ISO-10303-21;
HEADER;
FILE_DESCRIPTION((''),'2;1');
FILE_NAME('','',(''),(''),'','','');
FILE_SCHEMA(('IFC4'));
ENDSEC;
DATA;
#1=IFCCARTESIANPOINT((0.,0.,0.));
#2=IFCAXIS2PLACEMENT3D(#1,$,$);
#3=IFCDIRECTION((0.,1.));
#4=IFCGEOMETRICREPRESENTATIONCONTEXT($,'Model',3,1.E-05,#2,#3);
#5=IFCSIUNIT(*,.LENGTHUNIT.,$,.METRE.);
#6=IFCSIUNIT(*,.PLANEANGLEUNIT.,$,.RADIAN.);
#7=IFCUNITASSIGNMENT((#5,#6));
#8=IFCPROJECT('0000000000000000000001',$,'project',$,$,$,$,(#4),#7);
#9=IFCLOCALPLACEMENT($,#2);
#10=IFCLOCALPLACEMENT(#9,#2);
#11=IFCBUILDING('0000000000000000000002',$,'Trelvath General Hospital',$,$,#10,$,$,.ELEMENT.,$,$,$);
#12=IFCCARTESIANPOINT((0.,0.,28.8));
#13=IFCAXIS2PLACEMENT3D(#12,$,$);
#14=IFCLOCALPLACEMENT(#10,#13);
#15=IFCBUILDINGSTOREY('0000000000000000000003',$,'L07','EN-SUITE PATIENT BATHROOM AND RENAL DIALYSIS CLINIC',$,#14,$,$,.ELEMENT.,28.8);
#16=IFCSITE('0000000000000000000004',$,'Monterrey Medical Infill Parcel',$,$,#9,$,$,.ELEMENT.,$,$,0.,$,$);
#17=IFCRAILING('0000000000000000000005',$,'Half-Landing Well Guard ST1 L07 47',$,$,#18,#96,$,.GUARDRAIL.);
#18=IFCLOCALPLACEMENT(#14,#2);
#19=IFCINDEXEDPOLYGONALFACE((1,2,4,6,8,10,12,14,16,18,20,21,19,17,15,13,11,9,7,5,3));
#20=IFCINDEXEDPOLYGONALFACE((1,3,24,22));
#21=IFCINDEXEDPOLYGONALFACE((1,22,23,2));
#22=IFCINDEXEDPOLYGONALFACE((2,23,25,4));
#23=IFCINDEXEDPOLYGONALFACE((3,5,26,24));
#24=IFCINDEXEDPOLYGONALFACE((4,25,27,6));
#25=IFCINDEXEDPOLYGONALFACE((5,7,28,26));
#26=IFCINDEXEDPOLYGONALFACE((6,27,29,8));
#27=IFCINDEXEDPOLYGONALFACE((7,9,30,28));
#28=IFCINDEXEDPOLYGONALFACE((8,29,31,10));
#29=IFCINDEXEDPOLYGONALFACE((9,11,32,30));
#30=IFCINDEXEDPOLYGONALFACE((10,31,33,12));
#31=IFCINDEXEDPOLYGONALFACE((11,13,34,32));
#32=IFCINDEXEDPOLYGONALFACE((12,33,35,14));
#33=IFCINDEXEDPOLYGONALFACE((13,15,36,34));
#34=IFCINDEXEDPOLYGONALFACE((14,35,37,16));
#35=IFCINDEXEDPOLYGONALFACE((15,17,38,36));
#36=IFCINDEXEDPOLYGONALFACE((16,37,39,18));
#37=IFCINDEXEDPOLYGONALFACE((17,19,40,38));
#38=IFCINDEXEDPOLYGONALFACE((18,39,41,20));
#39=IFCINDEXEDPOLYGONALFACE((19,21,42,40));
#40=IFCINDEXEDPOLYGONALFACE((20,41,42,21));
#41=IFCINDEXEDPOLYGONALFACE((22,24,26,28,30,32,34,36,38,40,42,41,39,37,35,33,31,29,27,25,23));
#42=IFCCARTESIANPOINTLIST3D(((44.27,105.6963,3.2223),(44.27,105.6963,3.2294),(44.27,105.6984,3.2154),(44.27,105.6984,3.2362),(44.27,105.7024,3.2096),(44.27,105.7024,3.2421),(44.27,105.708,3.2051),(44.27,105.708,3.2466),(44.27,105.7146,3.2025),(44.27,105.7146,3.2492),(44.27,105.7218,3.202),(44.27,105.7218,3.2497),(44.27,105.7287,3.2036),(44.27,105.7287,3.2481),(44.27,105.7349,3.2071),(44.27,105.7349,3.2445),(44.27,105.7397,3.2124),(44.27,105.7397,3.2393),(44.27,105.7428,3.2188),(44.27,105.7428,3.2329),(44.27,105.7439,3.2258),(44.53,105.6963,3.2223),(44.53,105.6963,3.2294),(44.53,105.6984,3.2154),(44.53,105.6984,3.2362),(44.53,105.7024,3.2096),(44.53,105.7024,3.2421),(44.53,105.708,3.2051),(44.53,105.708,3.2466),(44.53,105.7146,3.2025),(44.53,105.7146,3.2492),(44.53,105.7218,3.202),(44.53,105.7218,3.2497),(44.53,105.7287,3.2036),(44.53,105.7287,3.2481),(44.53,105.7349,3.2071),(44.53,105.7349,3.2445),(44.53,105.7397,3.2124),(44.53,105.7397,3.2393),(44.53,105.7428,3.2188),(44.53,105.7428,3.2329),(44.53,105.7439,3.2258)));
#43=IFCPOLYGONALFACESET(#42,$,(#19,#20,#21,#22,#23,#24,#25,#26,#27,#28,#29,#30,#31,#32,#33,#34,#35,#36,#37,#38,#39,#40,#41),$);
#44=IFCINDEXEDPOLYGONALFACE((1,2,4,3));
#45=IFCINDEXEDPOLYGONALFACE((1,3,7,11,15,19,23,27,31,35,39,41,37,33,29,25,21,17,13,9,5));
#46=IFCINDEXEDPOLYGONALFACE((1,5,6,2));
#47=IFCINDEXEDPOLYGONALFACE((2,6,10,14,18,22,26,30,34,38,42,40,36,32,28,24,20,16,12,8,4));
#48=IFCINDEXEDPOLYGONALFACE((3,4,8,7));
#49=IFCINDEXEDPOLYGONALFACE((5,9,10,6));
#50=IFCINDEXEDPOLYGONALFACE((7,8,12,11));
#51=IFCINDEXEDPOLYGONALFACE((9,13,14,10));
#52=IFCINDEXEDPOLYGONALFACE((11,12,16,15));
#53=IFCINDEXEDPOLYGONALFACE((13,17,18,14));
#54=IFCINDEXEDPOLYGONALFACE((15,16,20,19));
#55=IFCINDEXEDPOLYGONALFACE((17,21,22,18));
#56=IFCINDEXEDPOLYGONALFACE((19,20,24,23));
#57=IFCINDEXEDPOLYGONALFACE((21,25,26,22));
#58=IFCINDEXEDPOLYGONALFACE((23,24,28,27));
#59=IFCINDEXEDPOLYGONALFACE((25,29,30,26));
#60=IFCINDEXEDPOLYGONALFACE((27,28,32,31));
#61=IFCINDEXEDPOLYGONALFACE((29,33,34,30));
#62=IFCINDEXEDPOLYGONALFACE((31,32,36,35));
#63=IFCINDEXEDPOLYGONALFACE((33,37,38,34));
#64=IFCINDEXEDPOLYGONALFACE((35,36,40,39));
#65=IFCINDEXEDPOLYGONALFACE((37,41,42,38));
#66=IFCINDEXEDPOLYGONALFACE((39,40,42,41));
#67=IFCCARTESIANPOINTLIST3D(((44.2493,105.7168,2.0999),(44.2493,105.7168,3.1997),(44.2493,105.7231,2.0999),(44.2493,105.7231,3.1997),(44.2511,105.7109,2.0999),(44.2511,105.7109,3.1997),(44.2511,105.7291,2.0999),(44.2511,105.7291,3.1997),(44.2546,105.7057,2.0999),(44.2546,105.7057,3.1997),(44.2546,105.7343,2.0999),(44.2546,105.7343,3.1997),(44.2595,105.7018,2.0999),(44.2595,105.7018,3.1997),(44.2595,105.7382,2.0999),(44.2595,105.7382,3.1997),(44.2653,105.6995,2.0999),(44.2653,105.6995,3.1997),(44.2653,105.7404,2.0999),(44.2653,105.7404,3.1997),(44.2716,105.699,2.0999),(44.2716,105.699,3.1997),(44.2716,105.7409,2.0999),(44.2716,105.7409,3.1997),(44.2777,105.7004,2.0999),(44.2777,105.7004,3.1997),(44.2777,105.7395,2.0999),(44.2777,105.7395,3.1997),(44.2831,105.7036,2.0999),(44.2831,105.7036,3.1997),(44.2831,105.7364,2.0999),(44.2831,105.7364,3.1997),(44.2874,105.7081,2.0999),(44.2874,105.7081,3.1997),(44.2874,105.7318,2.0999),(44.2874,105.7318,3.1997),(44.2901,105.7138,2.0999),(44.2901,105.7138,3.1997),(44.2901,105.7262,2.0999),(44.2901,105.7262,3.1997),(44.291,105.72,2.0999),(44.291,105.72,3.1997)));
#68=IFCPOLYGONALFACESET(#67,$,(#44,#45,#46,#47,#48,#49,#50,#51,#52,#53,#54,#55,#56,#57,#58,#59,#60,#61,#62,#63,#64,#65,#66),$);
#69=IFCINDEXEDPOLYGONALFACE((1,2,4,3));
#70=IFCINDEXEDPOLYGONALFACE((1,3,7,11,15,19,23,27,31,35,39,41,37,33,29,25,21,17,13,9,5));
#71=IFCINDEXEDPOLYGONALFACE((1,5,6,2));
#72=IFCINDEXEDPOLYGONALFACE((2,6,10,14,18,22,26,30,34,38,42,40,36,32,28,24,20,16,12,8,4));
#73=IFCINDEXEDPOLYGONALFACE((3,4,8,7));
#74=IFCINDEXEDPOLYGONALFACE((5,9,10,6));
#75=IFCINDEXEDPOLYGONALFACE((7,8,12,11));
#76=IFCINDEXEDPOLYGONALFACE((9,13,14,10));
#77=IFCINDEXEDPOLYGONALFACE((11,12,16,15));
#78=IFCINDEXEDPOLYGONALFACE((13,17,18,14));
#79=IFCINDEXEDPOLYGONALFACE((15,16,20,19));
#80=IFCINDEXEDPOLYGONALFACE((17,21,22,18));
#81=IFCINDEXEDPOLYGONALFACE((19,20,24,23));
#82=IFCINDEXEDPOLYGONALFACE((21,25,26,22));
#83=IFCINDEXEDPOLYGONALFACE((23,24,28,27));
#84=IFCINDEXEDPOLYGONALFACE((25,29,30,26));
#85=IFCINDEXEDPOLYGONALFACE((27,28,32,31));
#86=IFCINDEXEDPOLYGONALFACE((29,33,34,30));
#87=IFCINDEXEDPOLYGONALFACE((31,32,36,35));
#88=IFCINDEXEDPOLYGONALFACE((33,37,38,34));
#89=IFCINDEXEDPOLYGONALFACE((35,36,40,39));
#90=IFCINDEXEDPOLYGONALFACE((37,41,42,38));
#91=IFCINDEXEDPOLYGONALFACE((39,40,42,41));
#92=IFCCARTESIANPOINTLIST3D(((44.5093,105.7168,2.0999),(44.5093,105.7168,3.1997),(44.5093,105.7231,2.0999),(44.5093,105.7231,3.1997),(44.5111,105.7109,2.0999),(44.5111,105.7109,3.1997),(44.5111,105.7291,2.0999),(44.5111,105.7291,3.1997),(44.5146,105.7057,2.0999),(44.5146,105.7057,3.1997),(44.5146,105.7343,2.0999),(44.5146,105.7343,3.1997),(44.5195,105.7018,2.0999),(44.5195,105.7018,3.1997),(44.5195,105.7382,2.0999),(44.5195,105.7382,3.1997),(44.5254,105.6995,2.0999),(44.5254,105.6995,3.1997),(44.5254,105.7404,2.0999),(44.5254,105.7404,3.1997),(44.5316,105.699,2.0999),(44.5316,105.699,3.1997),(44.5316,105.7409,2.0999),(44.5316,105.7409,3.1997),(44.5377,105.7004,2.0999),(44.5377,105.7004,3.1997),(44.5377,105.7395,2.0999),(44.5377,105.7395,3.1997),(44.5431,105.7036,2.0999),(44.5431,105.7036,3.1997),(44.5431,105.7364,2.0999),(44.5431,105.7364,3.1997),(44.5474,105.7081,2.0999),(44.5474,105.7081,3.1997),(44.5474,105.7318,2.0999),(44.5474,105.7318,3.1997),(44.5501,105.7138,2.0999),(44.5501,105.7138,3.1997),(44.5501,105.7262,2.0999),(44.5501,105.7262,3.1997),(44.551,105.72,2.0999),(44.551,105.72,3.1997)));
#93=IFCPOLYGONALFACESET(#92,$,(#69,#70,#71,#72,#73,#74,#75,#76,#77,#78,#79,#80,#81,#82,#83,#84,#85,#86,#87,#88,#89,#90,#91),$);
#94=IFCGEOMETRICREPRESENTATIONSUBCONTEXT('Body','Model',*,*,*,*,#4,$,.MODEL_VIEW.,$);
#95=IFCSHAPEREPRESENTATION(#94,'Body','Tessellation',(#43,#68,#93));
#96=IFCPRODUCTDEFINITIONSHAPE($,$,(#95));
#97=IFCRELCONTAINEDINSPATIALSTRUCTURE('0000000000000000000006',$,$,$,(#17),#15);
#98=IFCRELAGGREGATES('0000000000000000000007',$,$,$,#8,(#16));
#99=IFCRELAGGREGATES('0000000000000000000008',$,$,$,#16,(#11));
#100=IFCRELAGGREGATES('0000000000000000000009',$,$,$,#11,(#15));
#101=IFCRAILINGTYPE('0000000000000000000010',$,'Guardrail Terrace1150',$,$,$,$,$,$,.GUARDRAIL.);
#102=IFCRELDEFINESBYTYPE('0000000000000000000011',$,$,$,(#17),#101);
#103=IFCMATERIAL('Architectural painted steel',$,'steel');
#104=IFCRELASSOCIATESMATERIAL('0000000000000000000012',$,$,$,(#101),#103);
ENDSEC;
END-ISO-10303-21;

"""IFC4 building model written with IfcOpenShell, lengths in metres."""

from ifc_helpers import new_model, si_unit, direction, frame, origin, origin_2d, place, context, subcontext, project, spatial, circle, extrude, material, type_object, element, save


model = new_model("IFC4")

# Units and contexts
model_context = context("Model", 3, precision=1e-05, world=origin(), true_north=direction((0.0, 1.0)))
body_context = subcontext(model_context, "Body", "Model", "MODEL_VIEW")
ifc_project = project(units=[si_unit("LENGTHUNIT", "METRE"), si_unit("PLANEANGLEUNIT", "RADIAN")], contexts=[model_context])

# Site, building, storey
site_placement = place(None, origin())
site = spatial("IfcSite", under=ifc_project, at=site_placement, Name="Monterrey Medical Infill Parcel", CompositionType="ELEMENT", RefElevation=0.0)
building_placement = place(site_placement, origin())
building = spatial("IfcBuilding", under=site, at=building_placement, Name="Trelvath General Hospital", CompositionType="ELEMENT")
storey_placement = place(building_placement, frame((0.0, 0.0, 28.8)))
storey = spatial("IfcBuildingStorey", under=building, at=storey_placement, Name="L07", Description="EN-SUITE PATIENT BATHROOM AND RENAL DIALYSIS CLINIC", CompositionType="ELEMENT", Elevation=28.8)

# Railing
ifc_material_1 = material(Name="Architectural painted steel", Category="steel")
railing_type_1 = type_object("IfcRailingType", Name="Guardrail Terrace1150", PredefinedType="GUARDRAIL", material=ifc_material_1)
railing_1_placement = place(storey_placement, frame((44.27, 105.72, 2.0999)))
element("IfcRailing", 1, at=railing_1_placement, inside=storey, type_object=railing_type_1, Name="Half-Landing Well Guard ST1 L07 47", PredefinedType="GUARDRAIL", context=body_context, shape_type="SweptSolid", body=[
    extrude(circle(Radius=0.0239, at=origin_2d()), frame((0.0, 0.0, 1.126), z_axis=(1.0, 0.0, 0.0), x_axis=(0.0, 1.0, 0.0)), (0.0, 0.0, 1.0), 0.26),
    extrude(circle(Radius=0.021, at=origin_2d()), origin(), (0.0, 0.0, 1.0), 1.0999),
    extrude(circle(Radius=0.021, at=origin_2d()), frame((0.26, 0.0, 0.0)), (0.0, 0.0, 1.0), 1.0999),
])

save(model, "model.ifc")
